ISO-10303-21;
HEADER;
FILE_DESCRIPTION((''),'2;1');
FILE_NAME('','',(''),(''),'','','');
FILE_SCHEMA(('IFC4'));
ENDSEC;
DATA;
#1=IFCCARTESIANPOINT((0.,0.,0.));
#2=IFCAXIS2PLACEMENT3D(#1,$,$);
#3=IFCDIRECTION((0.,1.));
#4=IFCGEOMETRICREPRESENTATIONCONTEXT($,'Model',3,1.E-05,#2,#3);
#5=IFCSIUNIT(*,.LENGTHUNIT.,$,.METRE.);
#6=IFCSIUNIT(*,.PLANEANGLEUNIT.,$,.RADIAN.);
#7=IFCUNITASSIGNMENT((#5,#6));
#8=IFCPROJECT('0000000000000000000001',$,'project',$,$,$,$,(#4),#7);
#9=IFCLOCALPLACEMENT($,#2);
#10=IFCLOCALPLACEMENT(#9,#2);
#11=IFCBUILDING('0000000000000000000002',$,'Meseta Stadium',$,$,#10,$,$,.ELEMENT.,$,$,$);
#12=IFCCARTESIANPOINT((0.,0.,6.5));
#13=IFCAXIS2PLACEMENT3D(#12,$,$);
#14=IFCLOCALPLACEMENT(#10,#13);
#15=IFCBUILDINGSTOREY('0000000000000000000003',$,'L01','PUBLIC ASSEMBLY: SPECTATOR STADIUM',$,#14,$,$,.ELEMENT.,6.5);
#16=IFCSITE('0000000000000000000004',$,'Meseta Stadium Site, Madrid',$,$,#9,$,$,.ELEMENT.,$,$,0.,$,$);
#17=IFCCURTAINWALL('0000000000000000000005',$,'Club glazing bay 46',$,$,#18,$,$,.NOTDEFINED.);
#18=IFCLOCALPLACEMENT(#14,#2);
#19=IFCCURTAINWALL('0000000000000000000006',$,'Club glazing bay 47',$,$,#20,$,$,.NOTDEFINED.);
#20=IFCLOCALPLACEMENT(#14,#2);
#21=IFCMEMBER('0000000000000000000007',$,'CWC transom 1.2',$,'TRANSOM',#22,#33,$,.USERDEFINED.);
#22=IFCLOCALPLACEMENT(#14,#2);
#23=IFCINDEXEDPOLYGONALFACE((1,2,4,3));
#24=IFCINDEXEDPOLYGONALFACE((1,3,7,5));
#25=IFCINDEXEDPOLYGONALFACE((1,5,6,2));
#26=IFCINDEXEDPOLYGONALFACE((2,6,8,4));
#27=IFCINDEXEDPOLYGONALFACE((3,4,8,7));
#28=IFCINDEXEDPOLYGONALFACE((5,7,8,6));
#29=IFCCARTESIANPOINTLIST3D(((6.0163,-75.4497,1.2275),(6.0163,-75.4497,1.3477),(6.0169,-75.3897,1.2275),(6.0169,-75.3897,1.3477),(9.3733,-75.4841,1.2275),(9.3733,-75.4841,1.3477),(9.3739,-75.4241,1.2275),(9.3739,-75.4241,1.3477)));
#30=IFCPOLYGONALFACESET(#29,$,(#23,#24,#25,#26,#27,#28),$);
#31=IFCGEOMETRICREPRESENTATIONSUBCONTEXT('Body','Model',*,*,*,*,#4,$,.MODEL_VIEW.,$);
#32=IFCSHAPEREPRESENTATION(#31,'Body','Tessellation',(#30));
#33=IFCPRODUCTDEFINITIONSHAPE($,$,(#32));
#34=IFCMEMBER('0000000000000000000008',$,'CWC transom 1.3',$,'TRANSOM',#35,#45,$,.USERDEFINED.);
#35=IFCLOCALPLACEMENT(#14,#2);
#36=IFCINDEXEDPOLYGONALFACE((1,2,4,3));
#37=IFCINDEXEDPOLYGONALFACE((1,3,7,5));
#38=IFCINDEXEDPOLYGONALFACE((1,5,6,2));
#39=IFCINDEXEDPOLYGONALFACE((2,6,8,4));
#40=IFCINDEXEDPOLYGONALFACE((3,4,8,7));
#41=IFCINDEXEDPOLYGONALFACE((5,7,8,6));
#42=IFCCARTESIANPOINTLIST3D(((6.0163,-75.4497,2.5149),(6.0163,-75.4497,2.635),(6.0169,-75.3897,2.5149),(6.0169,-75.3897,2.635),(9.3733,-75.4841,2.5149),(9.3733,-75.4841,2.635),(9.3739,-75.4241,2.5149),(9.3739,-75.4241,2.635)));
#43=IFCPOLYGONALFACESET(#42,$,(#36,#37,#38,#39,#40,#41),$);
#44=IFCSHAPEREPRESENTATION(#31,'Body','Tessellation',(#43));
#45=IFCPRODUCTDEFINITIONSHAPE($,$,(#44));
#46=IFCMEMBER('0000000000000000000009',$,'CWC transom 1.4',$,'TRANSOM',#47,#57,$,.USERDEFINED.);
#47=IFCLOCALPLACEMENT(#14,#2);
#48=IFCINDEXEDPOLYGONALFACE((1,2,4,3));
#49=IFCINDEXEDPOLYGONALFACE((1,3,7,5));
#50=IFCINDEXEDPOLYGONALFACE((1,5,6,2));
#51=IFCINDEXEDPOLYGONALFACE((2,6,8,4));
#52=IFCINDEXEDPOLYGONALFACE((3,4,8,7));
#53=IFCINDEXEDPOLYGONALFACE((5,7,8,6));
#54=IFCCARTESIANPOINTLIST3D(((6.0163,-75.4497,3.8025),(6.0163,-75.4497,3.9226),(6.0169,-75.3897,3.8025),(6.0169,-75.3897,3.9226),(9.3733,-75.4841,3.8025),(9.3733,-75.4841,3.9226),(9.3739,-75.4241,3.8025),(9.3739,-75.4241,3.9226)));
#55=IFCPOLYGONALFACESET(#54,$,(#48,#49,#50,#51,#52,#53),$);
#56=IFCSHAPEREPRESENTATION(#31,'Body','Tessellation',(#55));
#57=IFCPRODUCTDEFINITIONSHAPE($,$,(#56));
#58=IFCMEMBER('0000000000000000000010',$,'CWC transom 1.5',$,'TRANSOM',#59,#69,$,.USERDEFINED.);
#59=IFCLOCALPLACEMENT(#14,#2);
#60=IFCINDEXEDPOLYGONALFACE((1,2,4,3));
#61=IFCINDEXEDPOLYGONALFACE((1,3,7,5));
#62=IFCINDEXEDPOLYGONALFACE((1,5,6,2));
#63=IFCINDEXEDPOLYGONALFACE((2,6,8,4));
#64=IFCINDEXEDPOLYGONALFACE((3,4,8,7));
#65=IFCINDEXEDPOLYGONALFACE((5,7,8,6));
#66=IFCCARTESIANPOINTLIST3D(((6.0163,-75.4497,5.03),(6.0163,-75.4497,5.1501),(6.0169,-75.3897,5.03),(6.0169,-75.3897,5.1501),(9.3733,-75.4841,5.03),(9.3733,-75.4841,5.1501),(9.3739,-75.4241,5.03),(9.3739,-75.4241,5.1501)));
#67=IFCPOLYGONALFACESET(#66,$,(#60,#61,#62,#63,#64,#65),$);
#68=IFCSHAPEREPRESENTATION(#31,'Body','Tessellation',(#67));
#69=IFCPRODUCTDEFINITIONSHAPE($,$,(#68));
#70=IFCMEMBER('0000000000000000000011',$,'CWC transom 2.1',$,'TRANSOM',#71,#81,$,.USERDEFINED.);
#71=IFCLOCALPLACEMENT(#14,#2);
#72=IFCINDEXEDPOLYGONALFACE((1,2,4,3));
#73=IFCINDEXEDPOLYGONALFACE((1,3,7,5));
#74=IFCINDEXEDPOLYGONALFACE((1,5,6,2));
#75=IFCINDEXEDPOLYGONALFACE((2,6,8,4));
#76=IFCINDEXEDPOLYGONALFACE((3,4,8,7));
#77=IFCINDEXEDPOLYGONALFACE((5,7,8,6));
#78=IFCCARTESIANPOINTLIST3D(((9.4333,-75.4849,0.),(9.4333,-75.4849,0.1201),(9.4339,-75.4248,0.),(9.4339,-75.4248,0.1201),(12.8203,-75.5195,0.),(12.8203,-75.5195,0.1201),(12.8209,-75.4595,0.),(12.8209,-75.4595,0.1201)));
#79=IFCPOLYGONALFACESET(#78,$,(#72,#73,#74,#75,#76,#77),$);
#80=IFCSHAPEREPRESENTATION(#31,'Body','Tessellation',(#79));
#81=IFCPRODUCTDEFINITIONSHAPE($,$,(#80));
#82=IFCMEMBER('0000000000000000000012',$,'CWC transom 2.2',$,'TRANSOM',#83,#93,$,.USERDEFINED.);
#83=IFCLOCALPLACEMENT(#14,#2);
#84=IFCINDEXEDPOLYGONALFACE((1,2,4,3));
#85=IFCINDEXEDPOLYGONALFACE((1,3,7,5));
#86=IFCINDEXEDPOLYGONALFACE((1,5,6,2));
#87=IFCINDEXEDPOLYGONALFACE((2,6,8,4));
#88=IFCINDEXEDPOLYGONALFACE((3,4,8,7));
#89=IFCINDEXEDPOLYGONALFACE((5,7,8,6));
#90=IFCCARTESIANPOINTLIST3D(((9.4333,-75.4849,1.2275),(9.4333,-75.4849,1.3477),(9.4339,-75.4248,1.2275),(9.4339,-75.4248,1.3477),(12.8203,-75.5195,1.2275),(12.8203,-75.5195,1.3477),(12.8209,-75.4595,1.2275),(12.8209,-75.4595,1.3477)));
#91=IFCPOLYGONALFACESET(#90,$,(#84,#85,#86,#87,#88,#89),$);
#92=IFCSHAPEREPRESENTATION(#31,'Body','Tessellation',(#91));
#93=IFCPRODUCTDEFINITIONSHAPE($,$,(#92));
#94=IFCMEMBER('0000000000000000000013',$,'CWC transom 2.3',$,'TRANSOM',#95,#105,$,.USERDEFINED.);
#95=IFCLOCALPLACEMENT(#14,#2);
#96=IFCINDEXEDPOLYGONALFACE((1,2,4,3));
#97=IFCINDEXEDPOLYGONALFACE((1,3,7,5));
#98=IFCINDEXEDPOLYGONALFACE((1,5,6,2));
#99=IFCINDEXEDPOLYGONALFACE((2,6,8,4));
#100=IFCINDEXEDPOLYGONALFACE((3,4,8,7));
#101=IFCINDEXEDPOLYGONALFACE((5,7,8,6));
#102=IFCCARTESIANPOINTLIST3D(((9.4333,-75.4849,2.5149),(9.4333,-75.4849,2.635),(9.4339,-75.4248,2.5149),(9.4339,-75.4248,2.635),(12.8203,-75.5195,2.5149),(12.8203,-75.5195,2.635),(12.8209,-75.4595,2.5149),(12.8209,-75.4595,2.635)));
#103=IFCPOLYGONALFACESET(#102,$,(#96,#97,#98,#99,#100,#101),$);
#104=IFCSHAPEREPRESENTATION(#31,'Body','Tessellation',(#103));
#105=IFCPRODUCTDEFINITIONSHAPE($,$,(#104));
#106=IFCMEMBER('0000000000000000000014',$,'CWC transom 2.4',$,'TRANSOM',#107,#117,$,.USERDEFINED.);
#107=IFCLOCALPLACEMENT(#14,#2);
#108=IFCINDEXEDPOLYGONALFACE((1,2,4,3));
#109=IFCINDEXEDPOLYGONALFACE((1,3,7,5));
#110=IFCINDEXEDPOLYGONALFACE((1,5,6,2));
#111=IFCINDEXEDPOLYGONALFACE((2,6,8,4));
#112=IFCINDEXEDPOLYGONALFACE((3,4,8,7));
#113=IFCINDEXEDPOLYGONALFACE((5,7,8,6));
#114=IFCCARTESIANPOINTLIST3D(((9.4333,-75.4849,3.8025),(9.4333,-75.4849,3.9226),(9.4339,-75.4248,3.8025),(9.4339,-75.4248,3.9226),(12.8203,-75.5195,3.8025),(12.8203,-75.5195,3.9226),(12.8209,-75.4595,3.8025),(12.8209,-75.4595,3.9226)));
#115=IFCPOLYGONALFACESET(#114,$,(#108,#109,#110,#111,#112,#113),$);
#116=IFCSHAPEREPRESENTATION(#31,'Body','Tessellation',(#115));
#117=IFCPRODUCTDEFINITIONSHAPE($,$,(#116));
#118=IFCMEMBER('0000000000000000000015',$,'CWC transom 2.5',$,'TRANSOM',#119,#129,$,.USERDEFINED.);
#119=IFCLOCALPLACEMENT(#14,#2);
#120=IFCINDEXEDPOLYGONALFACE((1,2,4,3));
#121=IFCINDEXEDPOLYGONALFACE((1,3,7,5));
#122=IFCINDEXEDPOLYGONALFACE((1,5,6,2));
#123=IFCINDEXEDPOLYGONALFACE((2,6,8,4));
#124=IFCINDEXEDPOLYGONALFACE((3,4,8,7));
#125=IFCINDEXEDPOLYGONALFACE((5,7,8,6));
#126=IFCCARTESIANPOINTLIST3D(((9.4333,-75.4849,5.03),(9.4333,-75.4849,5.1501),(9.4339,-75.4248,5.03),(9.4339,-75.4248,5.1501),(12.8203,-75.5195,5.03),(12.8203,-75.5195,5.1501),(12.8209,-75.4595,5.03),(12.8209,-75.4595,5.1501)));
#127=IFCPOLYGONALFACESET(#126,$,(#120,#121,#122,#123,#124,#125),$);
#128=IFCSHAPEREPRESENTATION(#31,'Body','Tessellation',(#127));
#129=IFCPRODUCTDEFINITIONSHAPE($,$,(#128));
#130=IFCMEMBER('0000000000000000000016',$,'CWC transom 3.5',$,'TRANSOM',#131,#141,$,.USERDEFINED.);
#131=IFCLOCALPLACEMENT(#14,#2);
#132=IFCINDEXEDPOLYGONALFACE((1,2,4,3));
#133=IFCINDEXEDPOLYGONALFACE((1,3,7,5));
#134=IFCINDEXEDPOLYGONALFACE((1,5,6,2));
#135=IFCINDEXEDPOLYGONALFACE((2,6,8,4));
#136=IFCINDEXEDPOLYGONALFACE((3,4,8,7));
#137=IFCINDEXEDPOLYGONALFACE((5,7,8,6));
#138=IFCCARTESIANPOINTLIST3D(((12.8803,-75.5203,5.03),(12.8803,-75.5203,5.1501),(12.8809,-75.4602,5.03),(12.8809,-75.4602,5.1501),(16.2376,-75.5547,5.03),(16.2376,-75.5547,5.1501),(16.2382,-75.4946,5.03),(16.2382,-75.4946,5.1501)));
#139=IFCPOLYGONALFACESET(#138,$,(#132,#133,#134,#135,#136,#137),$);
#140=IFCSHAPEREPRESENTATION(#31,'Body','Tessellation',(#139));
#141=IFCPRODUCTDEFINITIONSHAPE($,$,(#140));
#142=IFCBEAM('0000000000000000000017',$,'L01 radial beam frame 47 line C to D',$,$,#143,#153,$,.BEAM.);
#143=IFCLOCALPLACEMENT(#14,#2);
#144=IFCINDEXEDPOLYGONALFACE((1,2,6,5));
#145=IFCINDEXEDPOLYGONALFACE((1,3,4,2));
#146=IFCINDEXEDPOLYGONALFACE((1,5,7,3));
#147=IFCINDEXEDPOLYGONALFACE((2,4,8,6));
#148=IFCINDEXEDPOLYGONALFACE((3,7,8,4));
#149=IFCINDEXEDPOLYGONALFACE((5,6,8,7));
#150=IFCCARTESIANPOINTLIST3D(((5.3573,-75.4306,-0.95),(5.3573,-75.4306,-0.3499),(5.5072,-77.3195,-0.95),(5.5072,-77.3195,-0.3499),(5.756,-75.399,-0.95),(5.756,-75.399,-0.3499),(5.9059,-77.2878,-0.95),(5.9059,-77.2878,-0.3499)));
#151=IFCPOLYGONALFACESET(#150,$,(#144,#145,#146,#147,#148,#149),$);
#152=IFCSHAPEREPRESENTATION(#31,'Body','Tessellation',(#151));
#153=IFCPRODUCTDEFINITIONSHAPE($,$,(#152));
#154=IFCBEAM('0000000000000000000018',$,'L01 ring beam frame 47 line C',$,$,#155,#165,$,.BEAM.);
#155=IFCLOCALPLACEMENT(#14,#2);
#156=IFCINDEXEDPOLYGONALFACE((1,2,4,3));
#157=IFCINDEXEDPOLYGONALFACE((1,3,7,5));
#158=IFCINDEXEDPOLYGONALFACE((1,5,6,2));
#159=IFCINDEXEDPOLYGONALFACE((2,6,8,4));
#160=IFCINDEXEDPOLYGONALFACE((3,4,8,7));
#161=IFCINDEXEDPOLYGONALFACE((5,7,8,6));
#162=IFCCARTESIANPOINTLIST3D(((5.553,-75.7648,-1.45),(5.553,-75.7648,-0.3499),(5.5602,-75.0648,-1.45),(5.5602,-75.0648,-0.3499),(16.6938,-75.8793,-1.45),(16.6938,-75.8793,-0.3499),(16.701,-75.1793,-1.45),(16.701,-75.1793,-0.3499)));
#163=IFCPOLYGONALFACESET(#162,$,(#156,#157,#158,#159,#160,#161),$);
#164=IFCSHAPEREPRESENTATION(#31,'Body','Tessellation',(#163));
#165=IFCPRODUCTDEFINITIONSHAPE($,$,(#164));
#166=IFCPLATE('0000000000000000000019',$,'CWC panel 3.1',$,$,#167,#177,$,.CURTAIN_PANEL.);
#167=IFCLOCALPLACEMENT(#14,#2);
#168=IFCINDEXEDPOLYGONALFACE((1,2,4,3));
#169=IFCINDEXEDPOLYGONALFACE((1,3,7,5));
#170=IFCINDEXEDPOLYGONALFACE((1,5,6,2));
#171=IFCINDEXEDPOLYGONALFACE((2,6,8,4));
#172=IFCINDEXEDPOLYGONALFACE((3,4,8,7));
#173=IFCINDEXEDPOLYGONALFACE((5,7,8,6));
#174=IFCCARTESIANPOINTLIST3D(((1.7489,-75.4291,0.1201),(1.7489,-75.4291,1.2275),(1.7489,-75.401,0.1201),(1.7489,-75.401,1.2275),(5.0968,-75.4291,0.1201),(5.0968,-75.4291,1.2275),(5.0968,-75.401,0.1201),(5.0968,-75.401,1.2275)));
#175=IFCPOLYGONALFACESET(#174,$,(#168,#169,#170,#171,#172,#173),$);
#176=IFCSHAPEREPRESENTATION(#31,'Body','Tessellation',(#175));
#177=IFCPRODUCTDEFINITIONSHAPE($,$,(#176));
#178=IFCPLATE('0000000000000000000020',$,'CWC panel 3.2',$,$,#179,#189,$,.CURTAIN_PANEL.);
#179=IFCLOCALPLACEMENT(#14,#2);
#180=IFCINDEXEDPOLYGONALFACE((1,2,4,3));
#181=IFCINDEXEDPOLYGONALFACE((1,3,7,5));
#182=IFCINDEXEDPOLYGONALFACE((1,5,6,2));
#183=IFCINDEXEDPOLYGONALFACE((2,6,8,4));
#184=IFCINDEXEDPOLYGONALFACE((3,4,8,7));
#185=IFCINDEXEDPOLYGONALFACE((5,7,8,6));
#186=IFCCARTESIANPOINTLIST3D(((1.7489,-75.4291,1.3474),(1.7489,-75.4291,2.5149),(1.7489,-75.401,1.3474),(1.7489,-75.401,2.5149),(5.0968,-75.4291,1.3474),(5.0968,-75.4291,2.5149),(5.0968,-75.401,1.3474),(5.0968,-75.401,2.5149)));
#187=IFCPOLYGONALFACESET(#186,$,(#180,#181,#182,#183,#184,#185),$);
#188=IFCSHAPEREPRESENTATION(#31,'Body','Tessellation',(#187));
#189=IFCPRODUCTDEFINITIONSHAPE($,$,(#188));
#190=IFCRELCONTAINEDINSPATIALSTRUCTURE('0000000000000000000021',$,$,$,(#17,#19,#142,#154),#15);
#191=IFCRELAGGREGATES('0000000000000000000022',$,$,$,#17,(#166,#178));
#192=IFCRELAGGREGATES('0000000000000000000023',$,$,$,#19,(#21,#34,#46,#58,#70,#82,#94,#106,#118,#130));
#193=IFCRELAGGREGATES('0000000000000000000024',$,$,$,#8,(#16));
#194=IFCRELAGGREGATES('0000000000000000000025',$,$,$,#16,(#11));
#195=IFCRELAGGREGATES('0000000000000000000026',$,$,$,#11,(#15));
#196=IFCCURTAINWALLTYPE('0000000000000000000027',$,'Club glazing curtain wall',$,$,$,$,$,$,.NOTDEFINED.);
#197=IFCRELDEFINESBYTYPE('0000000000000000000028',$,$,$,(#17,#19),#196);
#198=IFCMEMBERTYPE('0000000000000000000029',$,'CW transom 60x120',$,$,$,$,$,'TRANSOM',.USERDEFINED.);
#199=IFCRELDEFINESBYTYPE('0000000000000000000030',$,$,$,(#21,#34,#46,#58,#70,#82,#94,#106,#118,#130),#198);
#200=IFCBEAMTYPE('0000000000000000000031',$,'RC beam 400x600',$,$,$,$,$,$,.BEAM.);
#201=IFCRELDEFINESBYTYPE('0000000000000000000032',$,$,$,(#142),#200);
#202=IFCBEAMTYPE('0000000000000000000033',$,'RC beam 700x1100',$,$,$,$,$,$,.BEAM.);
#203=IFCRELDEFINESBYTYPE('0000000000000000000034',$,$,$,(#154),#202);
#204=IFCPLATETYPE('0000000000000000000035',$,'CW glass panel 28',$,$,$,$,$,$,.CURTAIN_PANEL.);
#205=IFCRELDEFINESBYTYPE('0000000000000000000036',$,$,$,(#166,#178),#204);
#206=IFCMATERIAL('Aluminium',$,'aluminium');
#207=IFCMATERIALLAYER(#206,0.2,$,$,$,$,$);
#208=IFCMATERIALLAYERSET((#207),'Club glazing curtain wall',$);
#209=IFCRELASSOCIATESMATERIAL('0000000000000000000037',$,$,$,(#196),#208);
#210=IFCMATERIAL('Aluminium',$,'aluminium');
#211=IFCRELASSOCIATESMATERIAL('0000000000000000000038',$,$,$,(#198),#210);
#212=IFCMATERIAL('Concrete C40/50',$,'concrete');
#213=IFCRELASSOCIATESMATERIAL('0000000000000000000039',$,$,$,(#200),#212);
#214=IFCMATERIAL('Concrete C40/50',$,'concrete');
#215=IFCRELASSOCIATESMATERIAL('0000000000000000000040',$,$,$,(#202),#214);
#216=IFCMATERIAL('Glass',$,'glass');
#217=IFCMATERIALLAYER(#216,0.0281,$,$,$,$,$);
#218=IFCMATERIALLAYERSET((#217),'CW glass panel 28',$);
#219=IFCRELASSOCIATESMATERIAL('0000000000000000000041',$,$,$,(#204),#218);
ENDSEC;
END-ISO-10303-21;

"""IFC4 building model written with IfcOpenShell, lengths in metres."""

from ifc_helpers import new_model, si_unit, direction, frame, origin, origin_2d, place, context, subcontext, project, spatial, rectangle, extrude, material, layer, layer_set, material_profile, profile_set, type_object, element, aggregate, save


model = new_model("IFC4")

# Units and contexts
model_context = context("Model", 3, precision=1e-05, world=origin(), true_north=direction((0.0, 1.0)))
body_context = subcontext(model_context, "Body", "Model", "MODEL_VIEW")
ifc_project = project(units=[si_unit("LENGTHUNIT", "METRE"), si_unit("PLANEANGLEUNIT", "RADIAN")], contexts=[model_context])

# Site, building, storey
site_placement = place(None, origin())
site = spatial("IfcSite", under=ifc_project, at=site_placement, Name="Meseta Stadium Site, Madrid", CompositionType="ELEMENT", RefElevation=0.0)
building_placement = place(site_placement, origin())
building = spatial("IfcBuilding", under=site, at=building_placement, Name="Meseta Stadium", CompositionType="ELEMENT")
storey_placement = place(building_placement, frame((0.0, 0.0, 6.5)))
storey = spatial("IfcBuildingStorey", under=building, at=storey_placement, Name="L01", Description="PUBLIC ASSEMBLY: SPECTATOR STADIUM", CompositionType="ELEMENT", Elevation=6.5)

# Curtain walls
ifc_material_1 = material(Name="Aluminium", Category="aluminium")
ifc_layer_1 = layer(ifc_material_1, 0.2)
ifc_layer_set_1 = layer_set([ifc_layer_1], Name="Club glazing curtain wall")
curtain_wall_type = type_object("IfcCurtainWallType", Name="Club glazing curtain wall", PredefinedType="NOTDEFINED", material=ifc_layer_set_1)
curtain_wall_1_placement = place(storey_placement, origin())
curtain_wall_1 = element("IfcCurtainWall", 1, at=curtain_wall_1_placement, inside=storey, type_object=curtain_wall_type, Name="Club glazing bay 46", PredefinedType="NOTDEFINED")
curtain_wall_2_placement = place(storey_placement, origin())
curtain_wall_2 = element("IfcCurtainWall", 2, at=curtain_wall_2_placement, inside=storey, type_object=curtain_wall_type, Name="Club glazing bay 47", PredefinedType="NOTDEFINED")

# Members
ifc_material_2 = material(Name="Aluminium", Category="aluminium")
ifc_material_profile_1 = material_profile(ifc_material_2, rectangle(XDim=0.0601, YDim=0.1201, at=origin_2d()), Name="CW 60x120")
ifc_profile_set_1 = profile_set([ifc_material_profile_1], Name="Aluminium")
member_type_1 = type_object("IfcMemberType", Name="CW transom 60x120", ElementType="TRANSOM", PredefinedType="USERDEFINED", material=ifc_profile_set_1)
member_1_placement = place(storey_placement, frame((6.0166, -75.4197, 1.2876), z_axis=(0.999947, -0.010254, 0.0), x_axis=(0.010254, 0.999947, 0.0)))
member_1 = element("IfcMember", 3, at=member_1_placement, type_object=member_type_1, Name="CWC transom 1.2", ObjectType="TRANSOM", PredefinedType="USERDEFINED", context=body_context, shape_type="SweptSolid", body=[
    extrude(rectangle(XDim=0.0601, YDim=0.1201, at=origin_2d()), origin(), (0.0, 0.0, 1.0), 3.3572),
])
member_2_placement = place(storey_placement, frame((6.0166, -75.4197, 2.575), z_axis=(0.999947, -0.010254, 0.0), x_axis=(0.010254, 0.999947, 0.0)))
member_2 = element("IfcMember", 4, at=member_2_placement, type_object=member_type_1, Name="CWC transom 1.3", ObjectType="TRANSOM", PredefinedType="USERDEFINED", context=body_context, shape_type="SweptSolid", body=[
    extrude(rectangle(XDim=0.0601, YDim=0.1201, at=origin_2d()), origin(), (0.0, 0.0, 1.0), 3.3572),
])
member_3_placement = place(storey_placement, frame((6.0166, -75.4197, 3.8625), z_axis=(0.999947, -0.010254, 0.0), x_axis=(0.010254, 0.999947, 0.0)))
member_3 = element("IfcMember", 5, at=member_3_placement, type_object=member_type_1, Name="CWC transom 1.4", ObjectType="TRANSOM", PredefinedType="USERDEFINED", context=body_context, shape_type="SweptSolid", body=[
    extrude(rectangle(XDim=0.0601, YDim=0.1201, at=origin_2d()), origin(), (0.0, 0.0, 1.0), 3.3572),
])
member_4_placement = place(storey_placement, frame((6.0166, -75.4197, 5.0901), z_axis=(0.999947, -0.010254, 0.0), x_axis=(0.010254, 0.999947, 0.0)))
member_4 = element("IfcMember", 6, at=member_4_placement, type_object=member_type_1, Name="CWC transom 1.5", ObjectType="TRANSOM", PredefinedType="USERDEFINED", context=body_context, shape_type="SweptSolid", body=[
    extrude(rectangle(XDim=0.0601, YDim=0.1201, at=origin_2d()), origin(), (0.0, 0.0, 1.0), 3.3572),
])
member_5_placement = place(storey_placement, frame((9.4336, -75.4548, 0.0601), z_axis=(0.999948, -0.010235, 0.0), x_axis=(0.010235, 0.999948, 0.0)))
member_5 = element("IfcMember", 7, at=member_5_placement, type_object=member_type_1, Name="CWC transom 2.1", ObjectType="TRANSOM", PredefinedType="USERDEFINED", context=body_context, shape_type="SweptSolid", body=[
    extrude(rectangle(XDim=0.0601, YDim=0.1201, at=origin_2d()), origin(), (0.0, 0.0, 1.0), 3.3872),
])
member_6_placement = place(storey_placement, frame((9.4336, -75.4548, 1.2876), z_axis=(0.999948, -0.010235, 0.0), x_axis=(0.010235, 0.999948, 0.0)))
member_6 = element("IfcMember", 8, at=member_6_placement, type_object=member_type_1, Name="CWC transom 2.2", ObjectType="TRANSOM", PredefinedType="USERDEFINED", context=body_context, shape_type="SweptSolid", body=[
    extrude(rectangle(XDim=0.0601, YDim=0.1201, at=origin_2d()), origin(), (0.0, 0.0, 1.0), 3.3872),
])
member_7_placement = place(storey_placement, frame((9.4336, -75.4548, 2.575), z_axis=(0.999948, -0.010235, 0.0), x_axis=(0.010235, 0.999948, 0.0)))
member_7 = element("IfcMember", 9, at=member_7_placement, type_object=member_type_1, Name="CWC transom 2.3", ObjectType="TRANSOM", PredefinedType="USERDEFINED", context=body_context, shape_type="SweptSolid", body=[
    extrude(rectangle(XDim=0.0601, YDim=0.1201, at=origin_2d()), origin(), (0.0, 0.0, 1.0), 3.3872),
])
member_8_placement = place(storey_placement, frame((9.4336, -75.4548, 3.8625), z_axis=(0.999948, -0.010235, 0.0), x_axis=(0.010235, 0.999948, 0.0)))
member_8 = element("IfcMember", 10, at=member_8_placement, type_object=member_type_1, Name="CWC transom 2.4", ObjectType="TRANSOM", PredefinedType="USERDEFINED", context=body_context, shape_type="SweptSolid", body=[
    extrude(rectangle(XDim=0.0601, YDim=0.1201, at=origin_2d()), origin(), (0.0, 0.0, 1.0), 3.3872),
])
member_9_placement = place(storey_placement, frame((9.4336, -75.4548, 5.0901), z_axis=(0.999948, -0.010235, 0.0), x_axis=(0.010235, 0.999948, 0.0)))
member_9 = element("IfcMember", 11, at=member_9_placement, type_object=member_type_1, Name="CWC transom 2.5", ObjectType="TRANSOM", PredefinedType="USERDEFINED", context=body_context, shape_type="SweptSolid", body=[
    extrude(rectangle(XDim=0.0601, YDim=0.1201, at=origin_2d()), origin(), (0.0, 0.0, 1.0), 3.3872),
])
member_10_placement = place(storey_placement, frame((12.8806, -75.4902, 5.0901), z_axis=(0.999947, -0.010253, 0.0), x_axis=(0.010253, 0.999947, 0.0)))
member_10 = element("IfcMember", 12, at=member_10_placement, type_object=member_type_1, Name="CWC transom 3.5", ObjectType="TRANSOM", PredefinedType="USERDEFINED", context=body_context, shape_type="SweptSolid", body=[
    extrude(rectangle(XDim=0.0601, YDim=0.1201, at=origin_2d()), origin(), (0.0, 0.0, 1.0), 3.3574),
])

# Beams
ifc_material_3 = material(Name="Concrete C40/50", Category="concrete")
ifc_material_profile_2 = material_profile(ifc_material_3, rectangle(XDim=0.3999, YDim=0.6001, at=origin_2d()), Name="RC 400x600")
ifc_profile_set_2 = profile_set([ifc_material_profile_2], Name="Concrete C40/50")
beam_type_1 = type_object("IfcBeamType", Name="RC beam 400x600", PredefinedType="BEAM", material=ifc_profile_set_2)
beam_1_placement = place(storey_placement, frame((5.5566, -75.4148, -0.6499), z_axis=(0.07911, -0.996866, 0.0), x_axis=(0.996866, 0.07911, 0.0)))
element("IfcBeam", 13, at=beam_1_placement, inside=storey, type_object=beam_type_1, Name="L01 radial beam frame 47 line C to D", PredefinedType="BEAM", context=body_context, shape_type="SweptSolid", body=[
    extrude(rectangle(XDim=0.3999, YDim=0.6001, at=origin_2d()), origin(), (0.0, 0.0, 1.0), 1.8948),
])
ifc_material_4 = material(Name="Concrete C40/50", Category="concrete")
ifc_material_profile_3 = material_profile(ifc_material_4, rectangle(XDim=0.7, YDim=1.1001, at=origin_2d()), Name="RC 700x1100")
ifc_profile_set_3 = profile_set([ifc_material_profile_3], Name="Concrete C40/50")
beam_type_2 = type_object("IfcBeamType", Name="RC beam 700x1100", PredefinedType="BEAM", material=ifc_profile_set_3)
beam_2_placement = place(storey_placement, frame((5.5566, -75.4148, -0.8999), z_axis=(0.999947, -0.010277, 0.0), x_axis=(0.010277, 0.999947, 0.0)))
element("IfcBeam", 14, at=beam_2_placement, inside=storey, type_object=beam_type_2, Name="L01 ring beam frame 47 line C", PredefinedType="BEAM", context=body_context, shape_type="SweptSolid", body=[
    extrude(rectangle(XDim=0.7, YDim=1.1001, at=origin_2d()), origin(), (0.0, 0.0, 1.0), 11.1414),
])

# Plates
ifc_material_5 = material(Name="Glass", Category="glass")
ifc_layer_2 = layer(ifc_material_5, 0.0281)
ifc_layer_set_2 = layer_set([ifc_layer_2], Name="CW glass panel 28")
plate_type = type_object("IfcPlateType", Name="CW glass panel 28", PredefinedType="CURTAIN_PANEL", material=ifc_layer_set_2)
plate_1_placement = place(storey_placement, frame((3.4229, -75.415, 0.1201), z_axis=(0.0, 0.0, 1.0), x_axis=(1.0, 0.0, 0.0)))
plate_1 = element("IfcPlate", 15, at=plate_1_placement, type_object=plate_type, Name="CWC panel 3.1", PredefinedType="CURTAIN_PANEL", context=body_context, shape_type="SweptSolid", body=[
    extrude(rectangle(XDim=3.3479, YDim=0.0281, at=origin_2d()), origin(), (0.0, 0.0, 1.0), 1.1074),
])
plate_2_placement = place(storey_placement, frame((3.4229, -75.415, 1.3474), z_axis=(0.0, 0.0, 1.0), x_axis=(1.0, 0.0, 0.0)))
plate_2 = element("IfcPlate", 16, at=plate_2_placement, type_object=plate_type, Name="CWC panel 3.2", PredefinedType="CURTAIN_PANEL", context=body_context, shape_type="SweptSolid", body=[
    extrude(rectangle(XDim=3.3479, YDim=0.0281, at=origin_2d()), origin(), (0.0, 0.0, 1.0), 1.1675),
])
aggregate(curtain_wall_1, [plate_1, plate_2])
aggregate(curtain_wall_2, [member_1, member_2, member_3, member_4, member_5, member_6, member_7, member_8, member_9, member_10])

save(model, "model.ifc")
